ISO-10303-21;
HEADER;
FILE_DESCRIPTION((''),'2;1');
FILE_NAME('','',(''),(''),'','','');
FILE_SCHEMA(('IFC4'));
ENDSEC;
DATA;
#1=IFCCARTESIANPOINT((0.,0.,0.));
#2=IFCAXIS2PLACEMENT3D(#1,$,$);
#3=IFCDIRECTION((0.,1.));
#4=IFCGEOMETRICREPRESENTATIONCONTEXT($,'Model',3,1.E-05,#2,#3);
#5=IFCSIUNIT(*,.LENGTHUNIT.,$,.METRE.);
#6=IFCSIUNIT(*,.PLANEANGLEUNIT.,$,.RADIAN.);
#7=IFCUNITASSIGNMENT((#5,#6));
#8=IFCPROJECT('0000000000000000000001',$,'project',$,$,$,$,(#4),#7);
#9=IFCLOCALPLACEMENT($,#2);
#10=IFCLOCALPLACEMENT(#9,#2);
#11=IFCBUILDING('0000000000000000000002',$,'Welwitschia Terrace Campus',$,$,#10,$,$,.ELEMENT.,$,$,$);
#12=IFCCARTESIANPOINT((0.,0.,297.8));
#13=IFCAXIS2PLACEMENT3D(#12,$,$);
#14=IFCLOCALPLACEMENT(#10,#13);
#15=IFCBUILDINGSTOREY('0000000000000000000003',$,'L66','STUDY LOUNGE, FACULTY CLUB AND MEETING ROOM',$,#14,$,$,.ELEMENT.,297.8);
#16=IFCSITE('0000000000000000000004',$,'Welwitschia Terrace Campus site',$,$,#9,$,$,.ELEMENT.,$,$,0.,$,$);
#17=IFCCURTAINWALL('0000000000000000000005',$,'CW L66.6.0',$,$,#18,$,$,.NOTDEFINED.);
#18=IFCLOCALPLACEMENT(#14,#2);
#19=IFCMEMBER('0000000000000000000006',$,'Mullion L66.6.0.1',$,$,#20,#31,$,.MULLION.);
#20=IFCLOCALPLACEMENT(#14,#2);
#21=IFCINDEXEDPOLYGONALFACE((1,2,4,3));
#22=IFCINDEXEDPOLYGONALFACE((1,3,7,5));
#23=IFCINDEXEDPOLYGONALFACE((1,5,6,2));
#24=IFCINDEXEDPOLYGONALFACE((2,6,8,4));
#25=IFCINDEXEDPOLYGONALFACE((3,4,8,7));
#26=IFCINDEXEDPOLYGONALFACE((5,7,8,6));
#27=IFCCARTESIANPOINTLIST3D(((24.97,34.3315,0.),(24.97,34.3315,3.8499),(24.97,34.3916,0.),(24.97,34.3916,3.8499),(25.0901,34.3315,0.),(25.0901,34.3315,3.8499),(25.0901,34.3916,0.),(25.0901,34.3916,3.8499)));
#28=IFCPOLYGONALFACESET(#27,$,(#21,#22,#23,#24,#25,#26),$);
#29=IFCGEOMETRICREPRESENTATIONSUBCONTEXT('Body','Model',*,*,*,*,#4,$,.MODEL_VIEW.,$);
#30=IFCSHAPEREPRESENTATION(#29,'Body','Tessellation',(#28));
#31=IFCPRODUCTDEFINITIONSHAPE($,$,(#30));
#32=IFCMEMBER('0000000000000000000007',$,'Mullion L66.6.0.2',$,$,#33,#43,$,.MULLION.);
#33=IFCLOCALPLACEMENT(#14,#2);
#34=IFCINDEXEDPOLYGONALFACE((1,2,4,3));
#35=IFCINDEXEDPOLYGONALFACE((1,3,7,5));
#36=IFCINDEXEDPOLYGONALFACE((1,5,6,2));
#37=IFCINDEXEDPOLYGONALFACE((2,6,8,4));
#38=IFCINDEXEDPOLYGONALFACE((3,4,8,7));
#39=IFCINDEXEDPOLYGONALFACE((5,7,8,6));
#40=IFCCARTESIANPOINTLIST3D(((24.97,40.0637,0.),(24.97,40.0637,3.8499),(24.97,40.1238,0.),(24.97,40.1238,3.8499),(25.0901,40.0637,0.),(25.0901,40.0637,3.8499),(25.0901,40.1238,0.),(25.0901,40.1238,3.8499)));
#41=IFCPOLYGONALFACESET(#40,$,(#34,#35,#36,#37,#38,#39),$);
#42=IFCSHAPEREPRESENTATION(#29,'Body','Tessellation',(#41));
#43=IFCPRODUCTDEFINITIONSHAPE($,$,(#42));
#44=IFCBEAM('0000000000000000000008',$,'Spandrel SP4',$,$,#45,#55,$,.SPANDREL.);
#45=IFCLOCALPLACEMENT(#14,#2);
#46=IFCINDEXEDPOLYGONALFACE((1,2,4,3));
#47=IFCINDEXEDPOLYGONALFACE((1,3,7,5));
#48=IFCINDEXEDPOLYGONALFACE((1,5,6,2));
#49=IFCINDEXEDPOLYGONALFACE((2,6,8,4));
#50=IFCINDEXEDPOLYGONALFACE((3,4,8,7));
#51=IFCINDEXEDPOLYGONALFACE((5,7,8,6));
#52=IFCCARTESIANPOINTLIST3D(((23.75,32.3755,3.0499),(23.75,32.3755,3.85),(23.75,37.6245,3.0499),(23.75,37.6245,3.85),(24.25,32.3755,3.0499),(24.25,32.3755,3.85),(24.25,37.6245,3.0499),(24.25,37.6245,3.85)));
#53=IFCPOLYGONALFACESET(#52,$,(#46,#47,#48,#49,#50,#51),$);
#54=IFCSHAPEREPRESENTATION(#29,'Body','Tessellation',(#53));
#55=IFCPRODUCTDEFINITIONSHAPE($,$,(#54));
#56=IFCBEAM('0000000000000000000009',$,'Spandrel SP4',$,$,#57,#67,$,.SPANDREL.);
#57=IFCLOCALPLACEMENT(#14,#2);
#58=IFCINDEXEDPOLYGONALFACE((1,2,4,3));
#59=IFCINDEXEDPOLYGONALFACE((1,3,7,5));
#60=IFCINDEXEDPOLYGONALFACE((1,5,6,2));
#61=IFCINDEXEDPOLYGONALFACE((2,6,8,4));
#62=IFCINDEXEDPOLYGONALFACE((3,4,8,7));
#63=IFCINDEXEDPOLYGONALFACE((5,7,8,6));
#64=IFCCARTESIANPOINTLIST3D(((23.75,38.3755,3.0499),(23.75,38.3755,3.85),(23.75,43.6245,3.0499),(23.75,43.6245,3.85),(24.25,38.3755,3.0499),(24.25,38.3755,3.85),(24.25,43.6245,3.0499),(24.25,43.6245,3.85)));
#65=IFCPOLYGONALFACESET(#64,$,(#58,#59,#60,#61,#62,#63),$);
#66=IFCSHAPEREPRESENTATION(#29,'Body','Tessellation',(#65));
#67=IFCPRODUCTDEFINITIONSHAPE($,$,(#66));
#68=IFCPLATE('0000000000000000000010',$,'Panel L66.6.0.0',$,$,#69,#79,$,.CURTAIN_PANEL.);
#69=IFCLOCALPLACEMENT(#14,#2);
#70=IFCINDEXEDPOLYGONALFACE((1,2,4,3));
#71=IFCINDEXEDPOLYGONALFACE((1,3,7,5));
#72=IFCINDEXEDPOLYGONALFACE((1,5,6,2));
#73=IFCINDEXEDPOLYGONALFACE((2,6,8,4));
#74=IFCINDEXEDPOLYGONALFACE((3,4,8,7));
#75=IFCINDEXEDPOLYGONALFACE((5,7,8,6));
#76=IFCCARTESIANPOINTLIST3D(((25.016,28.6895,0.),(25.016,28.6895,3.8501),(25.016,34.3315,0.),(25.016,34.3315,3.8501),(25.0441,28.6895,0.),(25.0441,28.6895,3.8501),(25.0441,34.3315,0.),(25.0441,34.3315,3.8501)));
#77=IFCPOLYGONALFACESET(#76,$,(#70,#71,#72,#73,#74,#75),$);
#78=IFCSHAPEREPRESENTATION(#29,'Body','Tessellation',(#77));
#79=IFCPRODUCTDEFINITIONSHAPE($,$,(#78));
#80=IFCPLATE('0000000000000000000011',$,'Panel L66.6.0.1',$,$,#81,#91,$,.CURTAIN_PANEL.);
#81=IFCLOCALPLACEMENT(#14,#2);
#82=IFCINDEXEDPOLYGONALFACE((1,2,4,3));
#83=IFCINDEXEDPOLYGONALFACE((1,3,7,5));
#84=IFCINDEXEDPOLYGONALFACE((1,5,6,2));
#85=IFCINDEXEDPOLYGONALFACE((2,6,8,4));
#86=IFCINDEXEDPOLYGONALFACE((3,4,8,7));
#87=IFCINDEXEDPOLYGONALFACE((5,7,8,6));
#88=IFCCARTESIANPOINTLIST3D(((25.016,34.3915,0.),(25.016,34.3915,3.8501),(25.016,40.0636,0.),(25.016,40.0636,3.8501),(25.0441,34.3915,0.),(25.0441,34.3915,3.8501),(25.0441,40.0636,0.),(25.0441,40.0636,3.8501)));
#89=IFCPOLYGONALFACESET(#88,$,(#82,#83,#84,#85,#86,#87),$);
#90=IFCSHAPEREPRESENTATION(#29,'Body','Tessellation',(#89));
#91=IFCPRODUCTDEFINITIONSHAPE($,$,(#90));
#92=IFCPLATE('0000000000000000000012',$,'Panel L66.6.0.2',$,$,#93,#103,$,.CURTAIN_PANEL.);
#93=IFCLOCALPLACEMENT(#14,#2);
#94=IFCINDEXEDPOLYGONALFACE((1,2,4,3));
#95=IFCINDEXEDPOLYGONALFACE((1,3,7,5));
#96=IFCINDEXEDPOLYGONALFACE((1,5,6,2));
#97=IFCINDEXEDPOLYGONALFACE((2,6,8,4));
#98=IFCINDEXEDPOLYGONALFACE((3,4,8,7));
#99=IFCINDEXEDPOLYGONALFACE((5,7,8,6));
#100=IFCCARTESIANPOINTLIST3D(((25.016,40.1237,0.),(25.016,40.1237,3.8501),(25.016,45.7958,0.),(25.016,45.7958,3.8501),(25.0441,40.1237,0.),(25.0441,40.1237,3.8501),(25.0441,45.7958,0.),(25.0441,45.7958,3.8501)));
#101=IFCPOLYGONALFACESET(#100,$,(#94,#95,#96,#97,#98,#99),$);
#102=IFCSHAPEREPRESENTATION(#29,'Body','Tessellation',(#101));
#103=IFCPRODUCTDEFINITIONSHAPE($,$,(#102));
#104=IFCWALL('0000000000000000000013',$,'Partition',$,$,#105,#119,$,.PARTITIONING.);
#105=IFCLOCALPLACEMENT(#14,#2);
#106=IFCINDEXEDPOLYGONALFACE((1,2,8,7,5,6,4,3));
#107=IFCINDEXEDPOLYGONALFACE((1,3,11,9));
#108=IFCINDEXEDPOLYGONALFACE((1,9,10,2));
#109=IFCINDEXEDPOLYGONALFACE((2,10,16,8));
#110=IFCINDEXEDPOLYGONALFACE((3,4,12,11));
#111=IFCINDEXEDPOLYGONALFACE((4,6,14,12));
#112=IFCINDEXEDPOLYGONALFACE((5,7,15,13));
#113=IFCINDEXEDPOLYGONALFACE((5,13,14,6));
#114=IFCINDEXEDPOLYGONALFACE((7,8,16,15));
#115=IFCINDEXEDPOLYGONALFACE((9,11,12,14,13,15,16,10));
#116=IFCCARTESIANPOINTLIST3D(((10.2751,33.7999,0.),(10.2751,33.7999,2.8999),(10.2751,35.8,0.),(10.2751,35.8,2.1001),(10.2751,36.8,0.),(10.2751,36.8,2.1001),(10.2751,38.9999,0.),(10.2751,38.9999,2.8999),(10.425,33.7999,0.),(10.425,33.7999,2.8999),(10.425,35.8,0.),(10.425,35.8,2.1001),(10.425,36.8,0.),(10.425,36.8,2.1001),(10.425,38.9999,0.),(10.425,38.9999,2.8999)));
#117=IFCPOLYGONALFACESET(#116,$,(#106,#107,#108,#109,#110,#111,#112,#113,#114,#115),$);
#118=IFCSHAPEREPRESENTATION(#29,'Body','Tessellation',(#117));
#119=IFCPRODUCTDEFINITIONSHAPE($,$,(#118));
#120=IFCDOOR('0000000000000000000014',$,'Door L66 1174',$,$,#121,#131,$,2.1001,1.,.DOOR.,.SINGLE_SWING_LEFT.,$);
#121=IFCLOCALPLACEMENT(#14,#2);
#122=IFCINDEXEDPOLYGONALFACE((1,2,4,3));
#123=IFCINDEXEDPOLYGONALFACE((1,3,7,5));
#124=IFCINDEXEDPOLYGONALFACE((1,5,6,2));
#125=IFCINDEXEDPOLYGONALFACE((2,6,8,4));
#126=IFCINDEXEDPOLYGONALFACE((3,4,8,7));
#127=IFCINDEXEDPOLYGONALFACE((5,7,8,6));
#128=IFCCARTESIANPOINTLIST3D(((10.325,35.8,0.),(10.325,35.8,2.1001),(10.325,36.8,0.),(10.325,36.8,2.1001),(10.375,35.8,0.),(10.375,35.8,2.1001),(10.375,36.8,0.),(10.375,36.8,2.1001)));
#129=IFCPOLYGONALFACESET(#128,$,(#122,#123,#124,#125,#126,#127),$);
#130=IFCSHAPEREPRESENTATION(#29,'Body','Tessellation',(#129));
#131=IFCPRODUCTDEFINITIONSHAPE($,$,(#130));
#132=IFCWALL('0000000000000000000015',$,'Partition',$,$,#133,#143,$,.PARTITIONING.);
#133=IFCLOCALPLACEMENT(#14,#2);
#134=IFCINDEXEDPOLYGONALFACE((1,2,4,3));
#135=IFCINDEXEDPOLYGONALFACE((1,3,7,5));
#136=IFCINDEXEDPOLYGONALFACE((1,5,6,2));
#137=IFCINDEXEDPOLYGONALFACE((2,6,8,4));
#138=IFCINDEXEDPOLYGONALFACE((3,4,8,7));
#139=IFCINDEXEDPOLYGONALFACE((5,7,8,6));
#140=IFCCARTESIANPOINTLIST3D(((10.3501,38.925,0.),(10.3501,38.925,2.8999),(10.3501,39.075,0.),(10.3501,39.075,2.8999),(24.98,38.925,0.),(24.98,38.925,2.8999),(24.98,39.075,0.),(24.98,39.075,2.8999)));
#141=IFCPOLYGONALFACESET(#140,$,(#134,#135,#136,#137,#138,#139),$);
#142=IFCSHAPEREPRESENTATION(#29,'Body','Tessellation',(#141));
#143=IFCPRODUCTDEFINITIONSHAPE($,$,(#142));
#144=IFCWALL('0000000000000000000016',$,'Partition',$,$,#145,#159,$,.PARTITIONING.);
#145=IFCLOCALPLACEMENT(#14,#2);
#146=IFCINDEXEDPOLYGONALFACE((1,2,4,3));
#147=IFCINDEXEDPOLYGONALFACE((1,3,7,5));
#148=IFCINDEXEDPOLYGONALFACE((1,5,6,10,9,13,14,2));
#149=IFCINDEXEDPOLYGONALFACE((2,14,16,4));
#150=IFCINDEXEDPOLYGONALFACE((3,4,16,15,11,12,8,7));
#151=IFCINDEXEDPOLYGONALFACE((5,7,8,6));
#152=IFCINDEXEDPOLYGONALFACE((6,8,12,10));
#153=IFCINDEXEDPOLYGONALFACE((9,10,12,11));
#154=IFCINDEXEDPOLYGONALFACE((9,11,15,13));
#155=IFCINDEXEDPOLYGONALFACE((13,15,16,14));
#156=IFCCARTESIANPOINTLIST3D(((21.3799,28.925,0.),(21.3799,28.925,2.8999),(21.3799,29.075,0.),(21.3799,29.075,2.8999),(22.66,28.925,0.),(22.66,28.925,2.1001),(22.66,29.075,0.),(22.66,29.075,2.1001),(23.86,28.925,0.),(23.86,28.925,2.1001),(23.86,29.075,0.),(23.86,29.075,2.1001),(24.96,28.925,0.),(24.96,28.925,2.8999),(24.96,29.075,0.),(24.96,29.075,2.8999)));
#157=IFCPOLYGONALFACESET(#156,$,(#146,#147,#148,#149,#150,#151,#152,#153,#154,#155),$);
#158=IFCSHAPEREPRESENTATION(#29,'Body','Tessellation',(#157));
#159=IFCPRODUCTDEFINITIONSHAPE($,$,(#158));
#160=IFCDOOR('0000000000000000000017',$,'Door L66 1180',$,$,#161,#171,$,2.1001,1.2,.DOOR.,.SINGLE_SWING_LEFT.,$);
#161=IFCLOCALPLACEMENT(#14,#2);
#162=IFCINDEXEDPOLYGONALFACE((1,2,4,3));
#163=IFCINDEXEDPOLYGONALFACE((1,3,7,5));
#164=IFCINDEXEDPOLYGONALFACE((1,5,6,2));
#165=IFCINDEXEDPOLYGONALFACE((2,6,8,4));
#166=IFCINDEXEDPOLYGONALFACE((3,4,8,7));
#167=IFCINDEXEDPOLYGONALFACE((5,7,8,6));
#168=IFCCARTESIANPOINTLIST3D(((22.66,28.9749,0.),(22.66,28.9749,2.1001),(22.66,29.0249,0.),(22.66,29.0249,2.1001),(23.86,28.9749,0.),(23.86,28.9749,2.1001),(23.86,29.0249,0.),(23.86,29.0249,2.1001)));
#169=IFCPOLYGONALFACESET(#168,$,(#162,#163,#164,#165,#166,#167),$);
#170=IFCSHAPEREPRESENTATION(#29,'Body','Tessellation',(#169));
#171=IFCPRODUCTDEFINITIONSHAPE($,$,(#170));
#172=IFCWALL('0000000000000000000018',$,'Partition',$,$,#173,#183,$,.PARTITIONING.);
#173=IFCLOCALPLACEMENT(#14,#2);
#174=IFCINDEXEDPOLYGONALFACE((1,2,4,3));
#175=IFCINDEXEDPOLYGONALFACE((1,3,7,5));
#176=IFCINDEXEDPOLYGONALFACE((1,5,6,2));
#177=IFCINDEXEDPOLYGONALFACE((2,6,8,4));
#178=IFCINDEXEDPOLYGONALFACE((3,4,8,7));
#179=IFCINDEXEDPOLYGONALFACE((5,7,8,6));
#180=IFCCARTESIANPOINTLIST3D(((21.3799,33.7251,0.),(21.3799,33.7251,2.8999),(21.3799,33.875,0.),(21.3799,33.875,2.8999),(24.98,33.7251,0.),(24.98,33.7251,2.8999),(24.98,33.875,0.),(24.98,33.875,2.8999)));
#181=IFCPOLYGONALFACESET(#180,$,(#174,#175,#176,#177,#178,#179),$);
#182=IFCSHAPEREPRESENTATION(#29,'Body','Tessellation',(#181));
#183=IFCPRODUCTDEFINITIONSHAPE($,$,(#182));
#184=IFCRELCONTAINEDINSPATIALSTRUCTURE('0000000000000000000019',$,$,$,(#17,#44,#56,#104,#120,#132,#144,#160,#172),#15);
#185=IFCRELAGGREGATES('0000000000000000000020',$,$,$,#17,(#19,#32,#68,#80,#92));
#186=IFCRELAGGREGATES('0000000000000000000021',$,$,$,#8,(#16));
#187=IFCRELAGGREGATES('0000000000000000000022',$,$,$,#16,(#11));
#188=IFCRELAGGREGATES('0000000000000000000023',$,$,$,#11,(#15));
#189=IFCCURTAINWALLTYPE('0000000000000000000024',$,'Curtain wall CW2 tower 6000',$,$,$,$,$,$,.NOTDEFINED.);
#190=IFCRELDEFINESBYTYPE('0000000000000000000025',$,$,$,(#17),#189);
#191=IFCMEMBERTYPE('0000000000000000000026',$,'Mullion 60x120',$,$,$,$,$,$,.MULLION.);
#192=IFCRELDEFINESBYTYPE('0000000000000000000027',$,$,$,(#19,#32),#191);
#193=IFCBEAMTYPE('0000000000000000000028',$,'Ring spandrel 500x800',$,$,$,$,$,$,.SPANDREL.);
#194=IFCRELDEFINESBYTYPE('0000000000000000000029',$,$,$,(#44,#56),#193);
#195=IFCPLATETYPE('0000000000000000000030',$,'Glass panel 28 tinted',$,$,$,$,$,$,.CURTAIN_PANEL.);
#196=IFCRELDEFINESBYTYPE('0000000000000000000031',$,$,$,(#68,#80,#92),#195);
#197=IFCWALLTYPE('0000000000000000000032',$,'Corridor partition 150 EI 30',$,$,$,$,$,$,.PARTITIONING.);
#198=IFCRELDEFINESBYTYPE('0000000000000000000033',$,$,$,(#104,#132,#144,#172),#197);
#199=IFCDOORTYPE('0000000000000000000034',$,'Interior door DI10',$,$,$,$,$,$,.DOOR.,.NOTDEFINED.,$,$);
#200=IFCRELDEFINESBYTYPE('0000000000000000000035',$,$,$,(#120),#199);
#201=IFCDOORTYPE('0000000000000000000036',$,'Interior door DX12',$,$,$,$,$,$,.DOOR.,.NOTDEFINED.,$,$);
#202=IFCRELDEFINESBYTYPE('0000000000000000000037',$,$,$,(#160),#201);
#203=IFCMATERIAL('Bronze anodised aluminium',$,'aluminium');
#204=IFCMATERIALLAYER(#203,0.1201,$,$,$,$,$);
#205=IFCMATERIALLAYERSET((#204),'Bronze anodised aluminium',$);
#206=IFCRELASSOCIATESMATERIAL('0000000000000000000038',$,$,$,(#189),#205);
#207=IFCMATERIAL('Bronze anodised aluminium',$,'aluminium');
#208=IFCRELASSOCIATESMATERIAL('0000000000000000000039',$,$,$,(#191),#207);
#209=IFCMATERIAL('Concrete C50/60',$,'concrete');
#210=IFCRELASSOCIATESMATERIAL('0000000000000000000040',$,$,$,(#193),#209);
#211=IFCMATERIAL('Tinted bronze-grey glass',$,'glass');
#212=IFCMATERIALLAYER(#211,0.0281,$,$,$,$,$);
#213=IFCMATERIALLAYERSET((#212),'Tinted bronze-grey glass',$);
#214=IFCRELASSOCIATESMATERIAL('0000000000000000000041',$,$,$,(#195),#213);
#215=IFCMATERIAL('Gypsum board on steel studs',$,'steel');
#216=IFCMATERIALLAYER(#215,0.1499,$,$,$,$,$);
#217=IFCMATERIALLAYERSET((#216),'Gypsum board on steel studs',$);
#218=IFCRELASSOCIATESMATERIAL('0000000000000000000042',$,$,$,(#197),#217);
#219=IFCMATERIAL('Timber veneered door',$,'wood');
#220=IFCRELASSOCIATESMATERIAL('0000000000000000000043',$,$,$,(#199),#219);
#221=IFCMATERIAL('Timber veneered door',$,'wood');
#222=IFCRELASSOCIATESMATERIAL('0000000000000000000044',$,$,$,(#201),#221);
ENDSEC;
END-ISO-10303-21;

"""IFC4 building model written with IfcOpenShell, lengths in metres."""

from ifc_helpers import new_model, si_unit, direction, frame, frame_2d, origin, origin_2d, place, context, subcontext, project, spatial, rectangle, extrude, material, layer, layer_set, material_profile, profile_set, type_object, element, fill, aggregate, save


model = new_model("IFC4")

# Units and contexts
model_context = context("Model", 3, precision=1e-05, world=origin(), true_north=direction((0.0, 1.0)))
body_context = subcontext(model_context, "Body", "Model", "MODEL_VIEW")
ifc_project = project(units=[si_unit("LENGTHUNIT", "METRE"), si_unit("PLANEANGLEUNIT", "RADIAN")], contexts=[model_context])

# Site, building, storey
site_placement = place(None, origin())
site = spatial("IfcSite", under=ifc_project, at=site_placement, Name="Welwitschia Terrace Campus site", CompositionType="ELEMENT", RefElevation=0.0)
building_placement = place(site_placement, origin())
building = spatial("IfcBuilding", under=site, at=building_placement, Name="Welwitschia Terrace Campus", CompositionType="ELEMENT")
storey_placement = place(building_placement, frame((0.0, 0.0, 297.8)))
storey = spatial("IfcBuildingStorey", under=building, at=storey_placement, Name="L66", Description="STUDY LOUNGE, FACULTY CLUB AND MEETING ROOM", CompositionType="ELEMENT", Elevation=297.8)

# Curtain wall, members
ifc_material_1 = material(Name="Bronze anodised aluminium", Category="aluminium")
ifc_layer_1 = layer(ifc_material_1, 0.1201)
ifc_layer_set_1 = layer_set([ifc_layer_1], Name="Bronze anodised aluminium")
curtain_wall_type = type_object("IfcCurtainWallType", Name="Curtain wall CW2 tower 6000", PredefinedType="NOTDEFINED", material=ifc_layer_set_1)
curtain_wall_placement = place(storey_placement, origin())
curtain_wall = element("IfcCurtainWall", 1, at=curtain_wall_placement, inside=storey, type_object=curtain_wall_type, Name="CW L66.6.0", PredefinedType="NOTDEFINED")
ifc_material_2 = material(Name="Bronze anodised aluminium", Category="aluminium")
ifc_material_profile_1 = material_profile(ifc_material_2, rectangle(XDim=0.1201, YDim=0.0601, at=origin_2d()))
ifc_profile_set_1 = profile_set([ifc_material_profile_1], Name="Bronze anodised aluminium")
member_type = type_object("IfcMemberType", Name="Mullion 60x120", PredefinedType="MULLION", material=ifc_profile_set_1)
member_1_placement = place(storey_placement, frame((25.03, 34.3616, 0.0), z_axis=(0.0, 0.0, 1.0), x_axis=(-1.0, 0.0, 0.0)))
member_1 = element("IfcMember", 2, at=member_1_placement, type_object=member_type, Name="Mullion L66.6.0.1", PredefinedType="MULLION", context=body_context, shape_type="SweptSolid", body=[
    extrude(rectangle(XDim=0.1201, YDim=0.0601, at=origin_2d()), origin(), (0.0, 0.0, 1.0), 3.8499),
])
member_2_placement = place(storey_placement, frame((25.03, 40.0938, 0.0), z_axis=(0.0, 0.0, 1.0), x_axis=(-1.0, 0.0, 0.0)))
member_2 = element("IfcMember", 3, at=member_2_placement, type_object=member_type, Name="Mullion L66.6.0.2", PredefinedType="MULLION", context=body_context, shape_type="SweptSolid", body=[
    extrude(rectangle(XDim=0.1201, YDim=0.0601, at=origin_2d()), origin(), (0.0, 0.0, 1.0), 3.8499),
])

# Beams
ifc_material_3 = material(Name="Concrete C50/60", Category="concrete")
ifc_material_profile_2 = material_profile(ifc_material_3, rectangle(XDim=0.5, YDim=0.8, at=origin_2d()))
ifc_profile_set_2 = profile_set([ifc_material_profile_2], Name="Concrete C50/60")
beam_type_1 = type_object("IfcBeamType", Name="Ring spandrel 500x800", PredefinedType="SPANDREL", material=ifc_profile_set_2)
for number, where, z_axis, x_axis, name in (
    (4, (24.0, 32.3755, 3.45), (0.0, 1.0, 0.0), (-1.0, 0.0, 0.0), "Spandrel SP4"),
    (5, (24.0, 38.3755, 3.45), (0.0, 1.0, 0.0), (-1.0, 0.0, 0.0), "Spandrel SP4"),
):
    element("IfcBeam", number, at=place(storey_placement, frame(where, z_axis=z_axis, x_axis=x_axis)), inside=storey, type_object=beam_type_1, Name=name, PredefinedType="SPANDREL", context=body_context, shape_type="SweptSolid", body=[
        extrude(rectangle(XDim=0.5, YDim=0.8, at=origin_2d()), origin(), (0.0, 0.0, 1.0), 5.249),
    ])

# Plates
ifc_material_4 = material(Name="Tinted bronze-grey glass", Category="glass")
ifc_layer_2 = layer(ifc_material_4, 0.0281)
ifc_layer_set_2 = layer_set([ifc_layer_2], Name="Tinted bronze-grey glass")
plate_type = type_object("IfcPlateType", Name="Glass panel 28 tinted", PredefinedType="CURTAIN_PANEL", material=ifc_layer_set_2)
plate_1_placement = place(storey_placement, frame((25.03, 31.5105, 0.0), z_axis=(0.0, 0.0, 1.0), x_axis=(0.0, 1.0, 0.0)))
plate_1 = element("IfcPlate", 6, at=plate_1_placement, type_object=plate_type, Name="Panel L66.6.0.0", PredefinedType="CURTAIN_PANEL", context=body_context, shape_type="SweptSolid", body=[
    extrude(rectangle(XDim=5.6421, YDim=0.0281, at=origin_2d()), origin(), (0.0, 0.0, 1.0), 3.8501),
])
plate_2_placement = place(storey_placement, frame((25.03, 37.2275, 0.0), z_axis=(0.0, 0.0, 1.0), x_axis=(0.0, 1.0, 0.0)))
plate_2 = element("IfcPlate", 7, at=plate_2_placement, type_object=plate_type, Name="Panel L66.6.0.1", PredefinedType="CURTAIN_PANEL", context=body_context, shape_type="SweptSolid", body=[
    extrude(rectangle(XDim=5.6721, YDim=0.0281, at=origin_2d()), origin(), (0.0, 0.0, 1.0), 3.8501),
])
plate_3_placement = place(storey_placement, frame((25.03, 42.9597, 0.0), z_axis=(0.0, 0.0, 1.0), x_axis=(0.0, 1.0, 0.0)))
plate_3 = element("IfcPlate", 8, at=plate_3_placement, type_object=plate_type, Name="Panel L66.6.0.2", PredefinedType="CURTAIN_PANEL", context=body_context, shape_type="SweptSolid", body=[
    extrude(rectangle(XDim=5.6721, YDim=0.0281, at=origin_2d()), origin(), (0.0, 0.0, 1.0), 3.8501),
])
aggregate(curtain_wall, [member_1, member_2, plate_1, plate_2, plate_3])

# Wall, opening, door
ifc_material_5 = material(Name="Gypsum board on steel studs", Category="steel")
ifc_layer_3 = layer(ifc_material_5, 0.1499)
ifc_layer_set_3 = layer_set([ifc_layer_3], Name="Gypsum board on steel studs")
wall_type = type_object("IfcWallType", Name="Corridor partition 150 EI 30", PredefinedType="PARTITIONING", material=ifc_layer_set_3)
wall_1_placement = place(storey_placement, frame((10.3501, 39.0, 0.0), z_axis=(0.0, 0.0, 1.0), x_axis=(0.0, -1.0, 0.0)))
wall_1 = element("IfcWall", 9, at=wall_1_placement, inside=storey, type_object=wall_type, Name="Partition", PredefinedType="PARTITIONING", context=body_context, shape_type="SweptSolid", body=[
    extrude(rectangle(XDim=5.2, YDim=0.1499, at=frame_2d((2.6001, 0.0))), origin(), (0.0, 0.0, 1.0), 2.8999),
])
opening_1_placement = place(wall_1_placement, frame((2.2, 0.0, 0.0)))
opening_1 = element("IfcOpeningElement", 10, at=opening_1_placement, cuts=wall_1, PredefinedType="OPENING", context=body_context, shape_type="SweptSolid", body=[
    extrude(rectangle(XDim=1.0, YDim=2.1001, at=frame_2d((0.5, 1.05))), frame((0.0, 0.085, 0.0), z_axis=(0.0, -1.0, 0.0), x_axis=(1.0, 0.0, 0.0)), (0.0, 0.0, 1.0), 0.1699),
])
ifc_material_6 = material(Name="Timber veneered door", Category="wood")
door_type_1 = type_object("IfcDoorType", Name="Interior door DI10", OperationType="NOTDEFINED", PredefinedType="DOOR", material=ifc_material_6)
door_1_placement = place(opening_1_placement, origin())
door_1 = element("IfcDoor", 11, at=door_1_placement, inside=storey, type_object=door_type_1, Name="Door L66 1174", OperationType="SINGLE_SWING_LEFT", OverallHeight=2.1001, OverallWidth=1.0, PredefinedType="DOOR", context=body_context, shape_type="SweptSolid", body=[
    extrude(rectangle(XDim=1.0, YDim=2.1001, at=frame_2d((0.5, 1.05))), frame((0.0, 0.0249, 0.0), z_axis=(0.0, -1.0, 0.0), x_axis=(1.0, 0.0, 0.0)), (0.0, 0.0, 1.0), 0.05),
])
fill(opening_1, door_1)

# Wall
wall_2_placement = place(storey_placement, frame((10.3501, 39.0, 0.0), z_axis=(0.0, 0.0, 1.0), x_axis=(1.0, 0.0, 0.0)))
element("IfcWall", 12, at=wall_2_placement, inside=storey, type_object=wall_type, Name="Partition", PredefinedType="PARTITIONING", context=body_context, shape_type="SweptSolid", body=[
    extrude(rectangle(XDim=14.6299, YDim=0.1499, at=frame_2d((7.3149, 0.0))), origin(), (0.0, 0.0, 1.0), 2.8999),
])

# Wall, opening, door
wall_3_placement = place(storey_placement, frame((21.3799, 29.0, 0.0), z_axis=(0.0, 0.0, 1.0), x_axis=(1.0, 0.0, 0.0)))
wall_3 = element("IfcWall", 13, at=wall_3_placement, inside=storey, type_object=wall_type, Name="Partition", PredefinedType="PARTITIONING", context=body_context, shape_type="SweptSolid", body=[
    extrude(rectangle(XDim=3.5801, YDim=0.1499, at=frame_2d((1.79, 0.0))), origin(), (0.0, 0.0, 1.0), 2.8999),
])
opening_2_placement = place(wall_3_placement, frame((1.28, 0.0, 0.0)))
opening_2 = element("IfcOpeningElement", 14, at=opening_2_placement, cuts=wall_3, PredefinedType="OPENING", context=body_context, shape_type="SweptSolid", body=[
    extrude(rectangle(XDim=1.2, YDim=2.1001, at=frame_2d((0.6001, 1.05))), frame((0.0, 0.085, 0.0), z_axis=(0.0, -1.0, 0.0), x_axis=(1.0, 0.0, 0.0)), (0.0, 0.0, 1.0), 0.1699),
])
ifc_material_7 = material(Name="Timber veneered door", Category="wood")
door_type_2 = type_object("IfcDoorType", Name="Interior door DX12", OperationType="NOTDEFINED", PredefinedType="DOOR", material=ifc_material_7)
door_2_placement = place(opening_2_placement, origin())
door_2 = element("IfcDoor", 15, at=door_2_placement, inside=storey, type_object=door_type_2, Name="Door L66 1180", OperationType="SINGLE_SWING_LEFT", OverallHeight=2.1001, OverallWidth=1.2, PredefinedType="DOOR", context=body_context, shape_type="SweptSolid", body=[
    extrude(rectangle(XDim=1.2, YDim=2.1001, at=frame_2d((0.6001, 1.05))), frame((0.0, 0.0249, 0.0), z_axis=(0.0, -1.0, 0.0), x_axis=(1.0, 0.0, 0.0)), (0.0, 0.0, 1.0), 0.05),
])
fill(opening_2, door_2)

# Wall
wall_4_placement = place(storey_placement, frame((21.3799, 33.8, 0.0), z_axis=(0.0, 0.0, 1.0), x_axis=(1.0, 0.0, 0.0)))
element("IfcWall", 16, at=wall_4_placement, inside=storey, type_object=wall_type, Name="Partition", PredefinedType="PARTITIONING", context=body_context, shape_type="SweptSolid", body=[
    extrude(rectangle(XDim=3.6001, YDim=0.1499, at=frame_2d((1.8, 0.0))), origin(), (0.0, 0.0, 1.0), 2.8999),
])

save(model, "model.ifc")
